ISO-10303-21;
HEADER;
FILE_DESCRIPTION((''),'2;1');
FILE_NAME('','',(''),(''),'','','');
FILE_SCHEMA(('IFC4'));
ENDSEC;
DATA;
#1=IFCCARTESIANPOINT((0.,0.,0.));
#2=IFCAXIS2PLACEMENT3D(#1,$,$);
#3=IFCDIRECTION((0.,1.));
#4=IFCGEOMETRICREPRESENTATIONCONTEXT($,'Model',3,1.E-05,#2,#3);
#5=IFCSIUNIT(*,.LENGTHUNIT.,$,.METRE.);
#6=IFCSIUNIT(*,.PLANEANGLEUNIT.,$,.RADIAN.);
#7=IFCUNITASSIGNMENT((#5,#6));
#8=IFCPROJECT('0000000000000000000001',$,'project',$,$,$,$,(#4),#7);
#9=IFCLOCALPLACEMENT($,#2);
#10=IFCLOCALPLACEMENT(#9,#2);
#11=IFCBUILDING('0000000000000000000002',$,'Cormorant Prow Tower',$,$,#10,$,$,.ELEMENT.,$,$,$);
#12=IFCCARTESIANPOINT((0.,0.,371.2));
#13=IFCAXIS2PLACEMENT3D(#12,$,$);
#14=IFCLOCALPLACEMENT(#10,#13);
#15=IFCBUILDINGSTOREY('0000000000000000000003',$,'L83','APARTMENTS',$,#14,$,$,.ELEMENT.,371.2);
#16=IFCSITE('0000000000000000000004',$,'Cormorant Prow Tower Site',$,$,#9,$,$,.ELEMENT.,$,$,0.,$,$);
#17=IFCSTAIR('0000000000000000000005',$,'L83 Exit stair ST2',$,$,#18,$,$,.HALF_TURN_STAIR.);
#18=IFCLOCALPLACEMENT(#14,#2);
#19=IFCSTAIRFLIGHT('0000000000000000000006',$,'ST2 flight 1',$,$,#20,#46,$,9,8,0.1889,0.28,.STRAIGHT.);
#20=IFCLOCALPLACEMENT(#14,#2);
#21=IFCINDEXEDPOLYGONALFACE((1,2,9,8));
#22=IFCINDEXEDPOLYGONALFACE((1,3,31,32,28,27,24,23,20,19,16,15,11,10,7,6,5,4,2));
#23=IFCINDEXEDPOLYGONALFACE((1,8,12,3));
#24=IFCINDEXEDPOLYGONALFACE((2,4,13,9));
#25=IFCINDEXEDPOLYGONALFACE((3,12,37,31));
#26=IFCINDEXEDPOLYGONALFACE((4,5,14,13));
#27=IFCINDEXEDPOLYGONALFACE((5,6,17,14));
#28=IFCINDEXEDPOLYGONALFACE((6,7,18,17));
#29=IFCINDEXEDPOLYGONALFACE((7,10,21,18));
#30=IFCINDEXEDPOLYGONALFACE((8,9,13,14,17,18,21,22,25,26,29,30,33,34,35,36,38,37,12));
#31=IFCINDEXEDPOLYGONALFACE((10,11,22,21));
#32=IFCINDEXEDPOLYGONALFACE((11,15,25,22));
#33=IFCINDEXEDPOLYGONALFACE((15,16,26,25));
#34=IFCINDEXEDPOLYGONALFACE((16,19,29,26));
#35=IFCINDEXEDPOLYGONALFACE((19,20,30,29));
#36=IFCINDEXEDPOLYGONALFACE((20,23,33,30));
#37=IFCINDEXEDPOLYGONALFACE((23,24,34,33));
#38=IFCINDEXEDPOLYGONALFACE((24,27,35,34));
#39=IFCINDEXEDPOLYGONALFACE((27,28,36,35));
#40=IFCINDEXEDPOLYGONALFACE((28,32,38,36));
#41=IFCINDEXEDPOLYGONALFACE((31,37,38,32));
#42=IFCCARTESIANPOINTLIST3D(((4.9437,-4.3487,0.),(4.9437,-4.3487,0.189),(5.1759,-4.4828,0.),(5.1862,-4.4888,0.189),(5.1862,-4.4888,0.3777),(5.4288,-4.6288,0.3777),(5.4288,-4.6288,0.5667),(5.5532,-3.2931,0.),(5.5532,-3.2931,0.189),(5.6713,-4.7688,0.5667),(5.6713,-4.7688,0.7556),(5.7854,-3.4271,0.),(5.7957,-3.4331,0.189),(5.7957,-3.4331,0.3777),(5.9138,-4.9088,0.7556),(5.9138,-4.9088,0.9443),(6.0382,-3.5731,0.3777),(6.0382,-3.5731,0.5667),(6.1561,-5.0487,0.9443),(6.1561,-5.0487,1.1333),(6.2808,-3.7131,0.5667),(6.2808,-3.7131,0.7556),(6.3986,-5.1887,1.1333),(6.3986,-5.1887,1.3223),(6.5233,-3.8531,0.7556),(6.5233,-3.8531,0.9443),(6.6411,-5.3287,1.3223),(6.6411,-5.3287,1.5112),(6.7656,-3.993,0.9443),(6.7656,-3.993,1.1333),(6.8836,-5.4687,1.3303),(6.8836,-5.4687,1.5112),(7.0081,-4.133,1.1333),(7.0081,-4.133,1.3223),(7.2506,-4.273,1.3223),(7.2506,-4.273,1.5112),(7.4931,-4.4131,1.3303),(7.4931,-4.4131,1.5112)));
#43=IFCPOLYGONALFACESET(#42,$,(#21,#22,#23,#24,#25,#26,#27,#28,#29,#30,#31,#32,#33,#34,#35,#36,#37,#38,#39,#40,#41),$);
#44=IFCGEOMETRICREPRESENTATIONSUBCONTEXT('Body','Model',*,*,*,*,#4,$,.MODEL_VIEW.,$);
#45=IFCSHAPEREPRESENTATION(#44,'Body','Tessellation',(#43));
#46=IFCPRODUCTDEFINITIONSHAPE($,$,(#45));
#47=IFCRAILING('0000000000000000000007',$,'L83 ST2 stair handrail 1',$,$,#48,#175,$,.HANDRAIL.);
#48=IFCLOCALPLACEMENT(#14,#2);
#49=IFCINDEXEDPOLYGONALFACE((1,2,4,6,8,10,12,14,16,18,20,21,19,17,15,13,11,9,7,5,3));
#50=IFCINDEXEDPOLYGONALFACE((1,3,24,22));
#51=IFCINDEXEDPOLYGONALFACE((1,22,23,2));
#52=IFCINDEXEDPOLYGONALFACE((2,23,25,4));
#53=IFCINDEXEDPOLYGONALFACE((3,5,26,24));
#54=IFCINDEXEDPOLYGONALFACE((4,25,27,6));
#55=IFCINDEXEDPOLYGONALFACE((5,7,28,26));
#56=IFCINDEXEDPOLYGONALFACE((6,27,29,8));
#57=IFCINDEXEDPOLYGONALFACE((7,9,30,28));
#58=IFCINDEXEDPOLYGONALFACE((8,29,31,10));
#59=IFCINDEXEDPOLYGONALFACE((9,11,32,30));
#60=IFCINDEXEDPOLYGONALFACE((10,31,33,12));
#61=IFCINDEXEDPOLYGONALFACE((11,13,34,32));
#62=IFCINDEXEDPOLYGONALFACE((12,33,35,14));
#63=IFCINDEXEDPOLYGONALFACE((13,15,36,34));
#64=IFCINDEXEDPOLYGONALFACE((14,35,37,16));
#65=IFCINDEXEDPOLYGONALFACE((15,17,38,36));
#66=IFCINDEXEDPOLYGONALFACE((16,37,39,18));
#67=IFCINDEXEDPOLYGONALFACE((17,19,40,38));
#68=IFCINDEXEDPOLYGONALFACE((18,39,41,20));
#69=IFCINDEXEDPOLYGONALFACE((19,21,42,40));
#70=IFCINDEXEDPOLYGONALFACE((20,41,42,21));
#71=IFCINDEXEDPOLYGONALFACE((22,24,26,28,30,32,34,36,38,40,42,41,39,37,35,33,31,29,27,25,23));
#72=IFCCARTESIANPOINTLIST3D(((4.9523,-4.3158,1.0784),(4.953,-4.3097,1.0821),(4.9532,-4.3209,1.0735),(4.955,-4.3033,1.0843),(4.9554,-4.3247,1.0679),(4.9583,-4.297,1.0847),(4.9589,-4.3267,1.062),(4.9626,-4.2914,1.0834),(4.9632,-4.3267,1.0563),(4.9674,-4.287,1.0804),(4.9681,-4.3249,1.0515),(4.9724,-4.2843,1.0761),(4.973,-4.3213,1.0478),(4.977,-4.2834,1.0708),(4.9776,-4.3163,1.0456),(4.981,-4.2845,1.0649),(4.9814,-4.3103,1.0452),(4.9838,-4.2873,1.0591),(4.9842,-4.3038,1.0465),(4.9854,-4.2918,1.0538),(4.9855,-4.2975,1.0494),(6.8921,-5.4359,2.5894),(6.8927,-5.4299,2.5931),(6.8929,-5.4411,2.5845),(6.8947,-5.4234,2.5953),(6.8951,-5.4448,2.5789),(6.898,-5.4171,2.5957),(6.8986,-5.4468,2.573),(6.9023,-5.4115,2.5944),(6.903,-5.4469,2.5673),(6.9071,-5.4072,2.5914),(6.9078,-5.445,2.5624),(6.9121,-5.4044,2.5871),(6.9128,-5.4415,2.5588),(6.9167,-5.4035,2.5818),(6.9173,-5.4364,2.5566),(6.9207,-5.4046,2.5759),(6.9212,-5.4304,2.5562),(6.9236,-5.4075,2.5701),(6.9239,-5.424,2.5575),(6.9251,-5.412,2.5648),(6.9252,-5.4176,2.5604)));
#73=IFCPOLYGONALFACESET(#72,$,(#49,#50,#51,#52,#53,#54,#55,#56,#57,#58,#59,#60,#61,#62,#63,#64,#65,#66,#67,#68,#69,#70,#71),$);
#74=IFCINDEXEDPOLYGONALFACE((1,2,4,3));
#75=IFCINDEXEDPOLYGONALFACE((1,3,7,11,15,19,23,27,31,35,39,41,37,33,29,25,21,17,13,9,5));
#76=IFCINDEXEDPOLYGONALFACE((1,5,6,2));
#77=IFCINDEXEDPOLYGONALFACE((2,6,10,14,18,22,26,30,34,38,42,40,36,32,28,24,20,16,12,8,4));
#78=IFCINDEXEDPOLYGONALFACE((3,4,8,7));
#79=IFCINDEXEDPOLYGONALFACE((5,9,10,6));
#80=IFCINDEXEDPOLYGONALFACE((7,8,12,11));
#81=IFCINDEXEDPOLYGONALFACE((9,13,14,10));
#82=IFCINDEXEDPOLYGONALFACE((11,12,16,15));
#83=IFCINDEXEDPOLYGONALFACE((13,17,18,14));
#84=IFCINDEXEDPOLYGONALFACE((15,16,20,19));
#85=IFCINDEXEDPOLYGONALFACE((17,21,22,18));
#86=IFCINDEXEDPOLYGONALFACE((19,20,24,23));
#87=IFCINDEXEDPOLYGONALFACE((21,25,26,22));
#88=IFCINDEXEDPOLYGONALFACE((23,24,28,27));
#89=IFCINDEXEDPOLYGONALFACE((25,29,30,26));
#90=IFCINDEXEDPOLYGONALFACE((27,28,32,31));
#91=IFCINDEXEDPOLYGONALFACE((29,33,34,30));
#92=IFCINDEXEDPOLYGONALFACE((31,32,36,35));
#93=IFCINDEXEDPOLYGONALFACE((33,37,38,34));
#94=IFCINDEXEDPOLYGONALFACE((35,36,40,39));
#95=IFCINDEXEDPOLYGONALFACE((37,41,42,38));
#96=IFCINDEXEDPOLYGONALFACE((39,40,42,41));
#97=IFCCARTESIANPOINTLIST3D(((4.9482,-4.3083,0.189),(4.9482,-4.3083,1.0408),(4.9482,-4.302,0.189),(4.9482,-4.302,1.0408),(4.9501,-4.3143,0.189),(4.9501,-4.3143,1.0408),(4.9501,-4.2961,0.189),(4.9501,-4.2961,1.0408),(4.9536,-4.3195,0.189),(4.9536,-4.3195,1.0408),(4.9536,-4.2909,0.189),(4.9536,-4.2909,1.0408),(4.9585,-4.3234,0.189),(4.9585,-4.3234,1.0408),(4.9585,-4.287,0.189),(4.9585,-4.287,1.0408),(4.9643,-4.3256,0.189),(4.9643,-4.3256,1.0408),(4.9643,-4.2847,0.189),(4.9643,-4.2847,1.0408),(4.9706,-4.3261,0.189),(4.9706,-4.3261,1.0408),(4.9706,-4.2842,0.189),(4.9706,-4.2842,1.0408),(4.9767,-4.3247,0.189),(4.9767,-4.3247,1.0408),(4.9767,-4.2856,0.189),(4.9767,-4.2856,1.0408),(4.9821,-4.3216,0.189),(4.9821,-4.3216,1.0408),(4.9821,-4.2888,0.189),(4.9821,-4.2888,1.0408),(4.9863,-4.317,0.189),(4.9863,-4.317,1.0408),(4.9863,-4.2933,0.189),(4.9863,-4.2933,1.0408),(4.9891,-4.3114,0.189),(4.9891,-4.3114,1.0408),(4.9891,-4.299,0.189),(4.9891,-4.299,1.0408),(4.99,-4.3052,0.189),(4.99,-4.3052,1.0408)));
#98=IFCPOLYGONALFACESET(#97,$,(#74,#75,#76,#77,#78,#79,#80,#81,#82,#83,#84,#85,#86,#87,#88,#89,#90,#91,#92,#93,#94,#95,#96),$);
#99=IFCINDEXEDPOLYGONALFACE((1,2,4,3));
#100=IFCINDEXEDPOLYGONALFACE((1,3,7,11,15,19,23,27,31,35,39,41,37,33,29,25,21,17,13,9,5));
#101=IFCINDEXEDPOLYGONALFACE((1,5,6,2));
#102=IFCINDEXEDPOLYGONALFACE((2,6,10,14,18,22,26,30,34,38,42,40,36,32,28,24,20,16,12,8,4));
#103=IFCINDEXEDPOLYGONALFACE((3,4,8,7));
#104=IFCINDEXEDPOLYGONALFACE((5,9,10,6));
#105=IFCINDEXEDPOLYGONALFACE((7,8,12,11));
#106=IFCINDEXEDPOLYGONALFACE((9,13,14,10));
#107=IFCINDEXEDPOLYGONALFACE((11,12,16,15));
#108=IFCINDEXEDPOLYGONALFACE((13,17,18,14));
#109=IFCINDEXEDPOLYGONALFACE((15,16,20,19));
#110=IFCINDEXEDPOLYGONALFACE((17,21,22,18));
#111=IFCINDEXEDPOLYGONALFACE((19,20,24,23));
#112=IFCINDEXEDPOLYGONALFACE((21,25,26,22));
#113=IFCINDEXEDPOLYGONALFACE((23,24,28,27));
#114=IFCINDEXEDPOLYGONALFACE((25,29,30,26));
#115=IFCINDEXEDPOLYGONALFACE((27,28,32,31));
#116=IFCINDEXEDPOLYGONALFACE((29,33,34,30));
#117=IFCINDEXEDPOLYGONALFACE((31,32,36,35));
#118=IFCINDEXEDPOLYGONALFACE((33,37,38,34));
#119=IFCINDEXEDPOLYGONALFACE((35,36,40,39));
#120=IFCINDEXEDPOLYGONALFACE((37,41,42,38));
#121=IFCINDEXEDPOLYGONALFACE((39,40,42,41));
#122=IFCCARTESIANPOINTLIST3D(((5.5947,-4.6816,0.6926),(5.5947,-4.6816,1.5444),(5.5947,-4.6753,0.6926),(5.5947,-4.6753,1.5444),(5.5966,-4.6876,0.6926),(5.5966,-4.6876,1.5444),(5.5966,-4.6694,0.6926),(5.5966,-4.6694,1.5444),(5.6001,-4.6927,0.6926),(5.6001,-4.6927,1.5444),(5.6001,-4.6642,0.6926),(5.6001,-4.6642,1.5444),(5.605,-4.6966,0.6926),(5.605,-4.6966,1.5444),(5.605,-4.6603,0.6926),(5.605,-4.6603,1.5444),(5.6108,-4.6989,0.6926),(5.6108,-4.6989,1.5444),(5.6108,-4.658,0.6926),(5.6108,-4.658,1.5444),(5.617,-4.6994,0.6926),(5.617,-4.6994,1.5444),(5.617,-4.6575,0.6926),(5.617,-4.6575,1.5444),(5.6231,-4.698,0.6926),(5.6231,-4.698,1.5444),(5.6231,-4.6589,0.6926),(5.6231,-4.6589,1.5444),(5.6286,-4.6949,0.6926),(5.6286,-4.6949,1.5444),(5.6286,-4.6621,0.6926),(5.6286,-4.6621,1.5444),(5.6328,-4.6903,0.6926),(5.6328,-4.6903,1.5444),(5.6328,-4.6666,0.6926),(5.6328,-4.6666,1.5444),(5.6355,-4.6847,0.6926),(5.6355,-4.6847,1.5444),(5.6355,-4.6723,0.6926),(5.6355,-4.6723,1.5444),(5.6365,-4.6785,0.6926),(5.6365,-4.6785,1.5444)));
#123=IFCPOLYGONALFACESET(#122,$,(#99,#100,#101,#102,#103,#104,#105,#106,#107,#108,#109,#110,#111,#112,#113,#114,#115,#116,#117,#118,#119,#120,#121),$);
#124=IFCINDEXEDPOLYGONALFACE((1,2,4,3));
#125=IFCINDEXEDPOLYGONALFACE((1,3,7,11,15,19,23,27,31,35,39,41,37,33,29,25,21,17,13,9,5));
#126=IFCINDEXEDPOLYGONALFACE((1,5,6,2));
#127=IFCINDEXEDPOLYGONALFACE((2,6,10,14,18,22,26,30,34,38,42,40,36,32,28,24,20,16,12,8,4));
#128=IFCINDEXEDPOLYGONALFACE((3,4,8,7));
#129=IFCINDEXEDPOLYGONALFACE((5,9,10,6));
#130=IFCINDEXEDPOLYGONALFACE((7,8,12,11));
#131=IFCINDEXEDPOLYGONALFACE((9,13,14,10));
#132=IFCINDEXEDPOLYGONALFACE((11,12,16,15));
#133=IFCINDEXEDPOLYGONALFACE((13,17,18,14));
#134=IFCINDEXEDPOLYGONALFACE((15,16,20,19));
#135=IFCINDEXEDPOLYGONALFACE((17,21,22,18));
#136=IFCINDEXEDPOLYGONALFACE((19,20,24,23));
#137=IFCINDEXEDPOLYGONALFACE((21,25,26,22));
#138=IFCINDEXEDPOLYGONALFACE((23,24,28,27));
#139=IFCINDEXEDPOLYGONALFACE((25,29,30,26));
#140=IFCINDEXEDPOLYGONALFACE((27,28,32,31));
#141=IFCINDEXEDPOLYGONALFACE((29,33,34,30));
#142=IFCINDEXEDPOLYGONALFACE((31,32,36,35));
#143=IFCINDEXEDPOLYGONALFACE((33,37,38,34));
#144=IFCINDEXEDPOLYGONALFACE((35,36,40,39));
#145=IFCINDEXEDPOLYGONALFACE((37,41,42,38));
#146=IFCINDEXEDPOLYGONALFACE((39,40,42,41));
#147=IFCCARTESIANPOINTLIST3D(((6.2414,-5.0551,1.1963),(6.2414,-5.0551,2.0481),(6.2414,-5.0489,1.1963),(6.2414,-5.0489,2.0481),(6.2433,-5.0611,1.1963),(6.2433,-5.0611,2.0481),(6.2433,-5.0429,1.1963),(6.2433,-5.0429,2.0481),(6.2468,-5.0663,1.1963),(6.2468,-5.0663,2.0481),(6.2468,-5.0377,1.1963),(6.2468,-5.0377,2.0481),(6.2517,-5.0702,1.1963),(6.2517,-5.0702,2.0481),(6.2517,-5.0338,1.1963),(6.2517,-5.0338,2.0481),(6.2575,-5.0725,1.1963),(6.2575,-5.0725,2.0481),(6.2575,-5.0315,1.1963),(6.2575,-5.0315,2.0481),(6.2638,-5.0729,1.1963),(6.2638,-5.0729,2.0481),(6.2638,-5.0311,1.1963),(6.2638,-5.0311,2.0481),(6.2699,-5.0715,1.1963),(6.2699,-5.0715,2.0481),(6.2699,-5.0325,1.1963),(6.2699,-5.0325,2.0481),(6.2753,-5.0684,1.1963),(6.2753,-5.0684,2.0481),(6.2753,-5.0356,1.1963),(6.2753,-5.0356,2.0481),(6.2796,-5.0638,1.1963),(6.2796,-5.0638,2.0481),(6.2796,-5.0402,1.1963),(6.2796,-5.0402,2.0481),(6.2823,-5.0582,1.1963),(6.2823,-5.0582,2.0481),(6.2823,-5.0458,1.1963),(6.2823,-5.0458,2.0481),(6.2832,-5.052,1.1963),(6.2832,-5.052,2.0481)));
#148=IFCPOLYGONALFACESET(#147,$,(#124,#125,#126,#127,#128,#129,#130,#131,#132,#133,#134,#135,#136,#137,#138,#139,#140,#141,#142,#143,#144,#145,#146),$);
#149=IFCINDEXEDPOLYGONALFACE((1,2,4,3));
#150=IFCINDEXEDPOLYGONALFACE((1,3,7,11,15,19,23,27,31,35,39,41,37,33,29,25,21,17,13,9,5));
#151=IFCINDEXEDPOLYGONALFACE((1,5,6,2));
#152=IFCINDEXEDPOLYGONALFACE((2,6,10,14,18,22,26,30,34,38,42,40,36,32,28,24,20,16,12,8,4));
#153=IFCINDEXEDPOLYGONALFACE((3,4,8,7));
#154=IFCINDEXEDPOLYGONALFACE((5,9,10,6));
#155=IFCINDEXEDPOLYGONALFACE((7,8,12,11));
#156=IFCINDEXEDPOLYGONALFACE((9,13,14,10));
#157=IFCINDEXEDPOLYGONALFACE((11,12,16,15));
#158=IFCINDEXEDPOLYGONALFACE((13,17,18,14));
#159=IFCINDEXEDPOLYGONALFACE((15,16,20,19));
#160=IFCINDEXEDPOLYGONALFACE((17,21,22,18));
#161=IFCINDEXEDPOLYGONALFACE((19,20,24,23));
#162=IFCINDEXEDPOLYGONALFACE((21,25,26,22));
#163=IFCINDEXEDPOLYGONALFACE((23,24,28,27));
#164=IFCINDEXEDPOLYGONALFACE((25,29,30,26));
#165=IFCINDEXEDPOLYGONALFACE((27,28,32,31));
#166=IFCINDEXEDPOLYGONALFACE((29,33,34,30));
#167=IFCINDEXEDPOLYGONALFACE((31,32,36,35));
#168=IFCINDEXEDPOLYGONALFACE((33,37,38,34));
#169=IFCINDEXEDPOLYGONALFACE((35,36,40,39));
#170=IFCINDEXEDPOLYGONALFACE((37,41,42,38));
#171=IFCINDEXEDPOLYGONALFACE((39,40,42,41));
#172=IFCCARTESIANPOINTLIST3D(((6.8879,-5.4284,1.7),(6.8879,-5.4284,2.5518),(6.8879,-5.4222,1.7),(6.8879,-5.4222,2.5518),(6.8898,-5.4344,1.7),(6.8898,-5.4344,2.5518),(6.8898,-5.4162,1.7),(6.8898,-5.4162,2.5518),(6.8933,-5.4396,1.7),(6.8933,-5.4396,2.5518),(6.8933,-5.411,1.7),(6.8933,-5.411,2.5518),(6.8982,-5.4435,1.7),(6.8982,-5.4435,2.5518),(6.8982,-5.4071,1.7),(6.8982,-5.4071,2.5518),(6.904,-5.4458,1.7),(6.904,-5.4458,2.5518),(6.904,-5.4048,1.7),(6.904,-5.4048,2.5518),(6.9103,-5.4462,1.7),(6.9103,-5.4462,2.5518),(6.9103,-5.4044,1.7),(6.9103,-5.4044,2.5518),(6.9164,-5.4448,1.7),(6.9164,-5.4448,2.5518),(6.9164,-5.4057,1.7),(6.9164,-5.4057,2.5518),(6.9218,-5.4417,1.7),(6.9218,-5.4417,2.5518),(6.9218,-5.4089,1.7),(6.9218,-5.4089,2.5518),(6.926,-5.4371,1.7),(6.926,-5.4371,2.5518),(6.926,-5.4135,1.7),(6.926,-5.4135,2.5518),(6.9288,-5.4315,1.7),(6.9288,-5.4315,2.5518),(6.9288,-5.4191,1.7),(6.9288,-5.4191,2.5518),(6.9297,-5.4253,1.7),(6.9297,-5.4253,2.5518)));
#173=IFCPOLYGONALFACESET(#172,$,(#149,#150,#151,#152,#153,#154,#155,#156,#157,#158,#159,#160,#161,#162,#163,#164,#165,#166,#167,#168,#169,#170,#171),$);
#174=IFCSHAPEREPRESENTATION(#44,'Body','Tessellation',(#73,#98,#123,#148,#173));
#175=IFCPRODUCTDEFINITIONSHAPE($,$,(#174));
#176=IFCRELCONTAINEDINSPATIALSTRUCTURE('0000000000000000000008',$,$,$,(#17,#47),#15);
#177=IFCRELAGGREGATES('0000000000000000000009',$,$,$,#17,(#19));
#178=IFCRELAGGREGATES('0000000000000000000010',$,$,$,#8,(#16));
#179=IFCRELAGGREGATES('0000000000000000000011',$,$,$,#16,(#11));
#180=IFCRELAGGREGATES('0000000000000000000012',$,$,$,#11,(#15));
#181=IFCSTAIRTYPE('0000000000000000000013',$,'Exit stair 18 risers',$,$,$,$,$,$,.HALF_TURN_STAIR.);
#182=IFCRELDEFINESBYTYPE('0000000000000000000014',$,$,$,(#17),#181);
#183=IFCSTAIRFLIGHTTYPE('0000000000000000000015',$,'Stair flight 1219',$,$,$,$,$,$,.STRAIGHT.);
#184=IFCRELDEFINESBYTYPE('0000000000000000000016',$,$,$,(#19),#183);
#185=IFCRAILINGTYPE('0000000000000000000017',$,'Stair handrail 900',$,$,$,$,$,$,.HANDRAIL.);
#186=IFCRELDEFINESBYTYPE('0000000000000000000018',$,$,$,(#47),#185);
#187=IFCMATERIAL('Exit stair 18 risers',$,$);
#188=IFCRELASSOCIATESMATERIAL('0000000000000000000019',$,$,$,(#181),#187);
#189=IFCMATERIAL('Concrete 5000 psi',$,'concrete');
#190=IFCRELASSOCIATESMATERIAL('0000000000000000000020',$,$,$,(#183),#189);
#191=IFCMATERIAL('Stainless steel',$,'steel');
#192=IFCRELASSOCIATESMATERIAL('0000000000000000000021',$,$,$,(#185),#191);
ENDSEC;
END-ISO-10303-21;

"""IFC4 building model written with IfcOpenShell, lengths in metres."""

from ifc_helpers import new_model, si_unit, direction, frame, origin, origin_2d, place, context, subcontext, project, spatial, polyline, circle, outline, extrude, material, type_object, element, aggregate, save


model = new_model("IFC4")

# Units and contexts
model_context = context("Model", 3, precision=1e-05, world=origin(), true_north=direction((0.0, 1.0)))
body_context = subcontext(model_context, "Body", "Model", "MODEL_VIEW")
ifc_project = project(units=[si_unit("LENGTHUNIT", "METRE"), si_unit("PLANEANGLEUNIT", "RADIAN")], contexts=[model_context])

# Site, building, storey
site_placement = place(None, origin())
site = spatial("IfcSite", under=ifc_project, at=site_placement, Name="Cormorant Prow Tower Site", CompositionType="ELEMENT", RefElevation=0.0)
building_placement = place(site_placement, origin())
building = spatial("IfcBuilding", under=site, at=building_placement, Name="Cormorant Prow Tower", CompositionType="ELEMENT")
storey_placement = place(building_placement, frame((0.0, 0.0, 371.2)))
storey = spatial("IfcBuildingStorey", under=building, at=storey_placement, Name="L83", Description="APARTMENTS", CompositionType="ELEMENT", Elevation=371.2)

# Stair, stair flight
ifc_material_1 = material(Name="Exit stair 18 risers")
stair_type = type_object("IfcStairType", Name="Exit stair 18 risers", PredefinedType="HALF_TURN_STAIR", material=ifc_material_1)
stair_placement = place(storey_placement, origin())
stair = element("IfcStair", 1, at=stair_placement, inside=storey, type_object=stair_type, Name="L83 Exit stair ST2", PredefinedType="HALF_TURN_STAIR")
ifc_material_2 = material(Name="Concrete 5000 psi", Category="concrete")
stair_flight_type = type_object("IfcStairFlightType", Name="Stair flight 1219", PredefinedType="STRAIGHT", material=ifc_material_2)
stair_flight_placement = place(storey_placement, frame((5.2485, -3.8208, 0.0), z_axis=(0.0, 0.0, 1.0), x_axis=(0.866025, -0.5, 0.0)))
stair_flight = element("IfcStairFlight", 2, at=stair_flight_placement, type_object=stair_flight_type, Name="ST2 flight 1", NumberOfRisers=9, NumberOfTreads=8, PredefinedType="STRAIGHT", RiserHeight=0.1889, TreadLength=0.28, context=body_context, shape_type="SweptSolid", body=[
    extrude(outline(polyline([(0.0, 0.0), (0.0, 0.189), (0.28, 0.189), (0.28, 0.3777), (0.5601, 0.3777), (0.5601, 0.5667), (0.8401, 0.5667), (0.8401, 0.7556), (1.1201, 0.7556), (1.1201, 0.9443), (1.3999, 0.9443), (1.3999, 1.1333), (1.6799, 1.1333), (1.6799, 1.3223), (1.96, 1.3223), (1.96, 1.5112), (2.24, 1.5112), (2.24, 1.7), (2.24, 1.3303), (0.2681, 0.0), (0.0, 0.0)])), frame((0.0, 0.6094, 0.0), z_axis=(0.0, -1.0, 0.0), x_axis=(1.0, 0.0, 0.0)), (0.0, 0.0, 1.0), 1.219),
])
aggregate(stair, [stair_flight])

# Railing
ifc_material_3 = material(Name="Stainless steel", Category="steel")
railing_type_1 = type_object("IfcRailingType", Name="Stair handrail 900", PredefinedType="HANDRAIL", material=ifc_material_3)
railing_1_placement = place(storey_placement, frame((4.969, -4.3052, 0.189)))
element("IfcRailing", 3, at=railing_1_placement, inside=storey, type_object=railing_type_1, Name="L83 ST2 stair handrail 1", PredefinedType="HANDRAIL", context=body_context, shape_type="SweptSolid", body=[
    extrude(circle(Radius=0.0239, at=origin_2d()), frame((0.0, 0.0, 0.876), z_axis=(0.717906, -0.414569, 0.559235), x_axis=(0.500078, 0.86598, 0.0)), (0.0, 0.0, 1.0), 2.7019),
    extrude(circle(Radius=0.021, at=origin_2d()), origin(), (0.0, 0.0, 1.0), 0.8518),
    extrude(circle(Radius=0.021, at=origin_2d()), frame((0.6465, -0.3733, 0.5037)), (0.0, 0.0, 1.0), 0.8518),
    extrude(circle(Radius=0.021, at=origin_2d()), frame((1.2932, -0.7468, 1.0073)), (0.0, 0.0, 1.0), 0.8518),
    extrude(circle(Radius=0.021, at=origin_2d()), frame((1.9397, -1.1201, 1.511)), (0.0, 0.0, 1.0), 0.8518),
])

save(model, "model.ifc")
